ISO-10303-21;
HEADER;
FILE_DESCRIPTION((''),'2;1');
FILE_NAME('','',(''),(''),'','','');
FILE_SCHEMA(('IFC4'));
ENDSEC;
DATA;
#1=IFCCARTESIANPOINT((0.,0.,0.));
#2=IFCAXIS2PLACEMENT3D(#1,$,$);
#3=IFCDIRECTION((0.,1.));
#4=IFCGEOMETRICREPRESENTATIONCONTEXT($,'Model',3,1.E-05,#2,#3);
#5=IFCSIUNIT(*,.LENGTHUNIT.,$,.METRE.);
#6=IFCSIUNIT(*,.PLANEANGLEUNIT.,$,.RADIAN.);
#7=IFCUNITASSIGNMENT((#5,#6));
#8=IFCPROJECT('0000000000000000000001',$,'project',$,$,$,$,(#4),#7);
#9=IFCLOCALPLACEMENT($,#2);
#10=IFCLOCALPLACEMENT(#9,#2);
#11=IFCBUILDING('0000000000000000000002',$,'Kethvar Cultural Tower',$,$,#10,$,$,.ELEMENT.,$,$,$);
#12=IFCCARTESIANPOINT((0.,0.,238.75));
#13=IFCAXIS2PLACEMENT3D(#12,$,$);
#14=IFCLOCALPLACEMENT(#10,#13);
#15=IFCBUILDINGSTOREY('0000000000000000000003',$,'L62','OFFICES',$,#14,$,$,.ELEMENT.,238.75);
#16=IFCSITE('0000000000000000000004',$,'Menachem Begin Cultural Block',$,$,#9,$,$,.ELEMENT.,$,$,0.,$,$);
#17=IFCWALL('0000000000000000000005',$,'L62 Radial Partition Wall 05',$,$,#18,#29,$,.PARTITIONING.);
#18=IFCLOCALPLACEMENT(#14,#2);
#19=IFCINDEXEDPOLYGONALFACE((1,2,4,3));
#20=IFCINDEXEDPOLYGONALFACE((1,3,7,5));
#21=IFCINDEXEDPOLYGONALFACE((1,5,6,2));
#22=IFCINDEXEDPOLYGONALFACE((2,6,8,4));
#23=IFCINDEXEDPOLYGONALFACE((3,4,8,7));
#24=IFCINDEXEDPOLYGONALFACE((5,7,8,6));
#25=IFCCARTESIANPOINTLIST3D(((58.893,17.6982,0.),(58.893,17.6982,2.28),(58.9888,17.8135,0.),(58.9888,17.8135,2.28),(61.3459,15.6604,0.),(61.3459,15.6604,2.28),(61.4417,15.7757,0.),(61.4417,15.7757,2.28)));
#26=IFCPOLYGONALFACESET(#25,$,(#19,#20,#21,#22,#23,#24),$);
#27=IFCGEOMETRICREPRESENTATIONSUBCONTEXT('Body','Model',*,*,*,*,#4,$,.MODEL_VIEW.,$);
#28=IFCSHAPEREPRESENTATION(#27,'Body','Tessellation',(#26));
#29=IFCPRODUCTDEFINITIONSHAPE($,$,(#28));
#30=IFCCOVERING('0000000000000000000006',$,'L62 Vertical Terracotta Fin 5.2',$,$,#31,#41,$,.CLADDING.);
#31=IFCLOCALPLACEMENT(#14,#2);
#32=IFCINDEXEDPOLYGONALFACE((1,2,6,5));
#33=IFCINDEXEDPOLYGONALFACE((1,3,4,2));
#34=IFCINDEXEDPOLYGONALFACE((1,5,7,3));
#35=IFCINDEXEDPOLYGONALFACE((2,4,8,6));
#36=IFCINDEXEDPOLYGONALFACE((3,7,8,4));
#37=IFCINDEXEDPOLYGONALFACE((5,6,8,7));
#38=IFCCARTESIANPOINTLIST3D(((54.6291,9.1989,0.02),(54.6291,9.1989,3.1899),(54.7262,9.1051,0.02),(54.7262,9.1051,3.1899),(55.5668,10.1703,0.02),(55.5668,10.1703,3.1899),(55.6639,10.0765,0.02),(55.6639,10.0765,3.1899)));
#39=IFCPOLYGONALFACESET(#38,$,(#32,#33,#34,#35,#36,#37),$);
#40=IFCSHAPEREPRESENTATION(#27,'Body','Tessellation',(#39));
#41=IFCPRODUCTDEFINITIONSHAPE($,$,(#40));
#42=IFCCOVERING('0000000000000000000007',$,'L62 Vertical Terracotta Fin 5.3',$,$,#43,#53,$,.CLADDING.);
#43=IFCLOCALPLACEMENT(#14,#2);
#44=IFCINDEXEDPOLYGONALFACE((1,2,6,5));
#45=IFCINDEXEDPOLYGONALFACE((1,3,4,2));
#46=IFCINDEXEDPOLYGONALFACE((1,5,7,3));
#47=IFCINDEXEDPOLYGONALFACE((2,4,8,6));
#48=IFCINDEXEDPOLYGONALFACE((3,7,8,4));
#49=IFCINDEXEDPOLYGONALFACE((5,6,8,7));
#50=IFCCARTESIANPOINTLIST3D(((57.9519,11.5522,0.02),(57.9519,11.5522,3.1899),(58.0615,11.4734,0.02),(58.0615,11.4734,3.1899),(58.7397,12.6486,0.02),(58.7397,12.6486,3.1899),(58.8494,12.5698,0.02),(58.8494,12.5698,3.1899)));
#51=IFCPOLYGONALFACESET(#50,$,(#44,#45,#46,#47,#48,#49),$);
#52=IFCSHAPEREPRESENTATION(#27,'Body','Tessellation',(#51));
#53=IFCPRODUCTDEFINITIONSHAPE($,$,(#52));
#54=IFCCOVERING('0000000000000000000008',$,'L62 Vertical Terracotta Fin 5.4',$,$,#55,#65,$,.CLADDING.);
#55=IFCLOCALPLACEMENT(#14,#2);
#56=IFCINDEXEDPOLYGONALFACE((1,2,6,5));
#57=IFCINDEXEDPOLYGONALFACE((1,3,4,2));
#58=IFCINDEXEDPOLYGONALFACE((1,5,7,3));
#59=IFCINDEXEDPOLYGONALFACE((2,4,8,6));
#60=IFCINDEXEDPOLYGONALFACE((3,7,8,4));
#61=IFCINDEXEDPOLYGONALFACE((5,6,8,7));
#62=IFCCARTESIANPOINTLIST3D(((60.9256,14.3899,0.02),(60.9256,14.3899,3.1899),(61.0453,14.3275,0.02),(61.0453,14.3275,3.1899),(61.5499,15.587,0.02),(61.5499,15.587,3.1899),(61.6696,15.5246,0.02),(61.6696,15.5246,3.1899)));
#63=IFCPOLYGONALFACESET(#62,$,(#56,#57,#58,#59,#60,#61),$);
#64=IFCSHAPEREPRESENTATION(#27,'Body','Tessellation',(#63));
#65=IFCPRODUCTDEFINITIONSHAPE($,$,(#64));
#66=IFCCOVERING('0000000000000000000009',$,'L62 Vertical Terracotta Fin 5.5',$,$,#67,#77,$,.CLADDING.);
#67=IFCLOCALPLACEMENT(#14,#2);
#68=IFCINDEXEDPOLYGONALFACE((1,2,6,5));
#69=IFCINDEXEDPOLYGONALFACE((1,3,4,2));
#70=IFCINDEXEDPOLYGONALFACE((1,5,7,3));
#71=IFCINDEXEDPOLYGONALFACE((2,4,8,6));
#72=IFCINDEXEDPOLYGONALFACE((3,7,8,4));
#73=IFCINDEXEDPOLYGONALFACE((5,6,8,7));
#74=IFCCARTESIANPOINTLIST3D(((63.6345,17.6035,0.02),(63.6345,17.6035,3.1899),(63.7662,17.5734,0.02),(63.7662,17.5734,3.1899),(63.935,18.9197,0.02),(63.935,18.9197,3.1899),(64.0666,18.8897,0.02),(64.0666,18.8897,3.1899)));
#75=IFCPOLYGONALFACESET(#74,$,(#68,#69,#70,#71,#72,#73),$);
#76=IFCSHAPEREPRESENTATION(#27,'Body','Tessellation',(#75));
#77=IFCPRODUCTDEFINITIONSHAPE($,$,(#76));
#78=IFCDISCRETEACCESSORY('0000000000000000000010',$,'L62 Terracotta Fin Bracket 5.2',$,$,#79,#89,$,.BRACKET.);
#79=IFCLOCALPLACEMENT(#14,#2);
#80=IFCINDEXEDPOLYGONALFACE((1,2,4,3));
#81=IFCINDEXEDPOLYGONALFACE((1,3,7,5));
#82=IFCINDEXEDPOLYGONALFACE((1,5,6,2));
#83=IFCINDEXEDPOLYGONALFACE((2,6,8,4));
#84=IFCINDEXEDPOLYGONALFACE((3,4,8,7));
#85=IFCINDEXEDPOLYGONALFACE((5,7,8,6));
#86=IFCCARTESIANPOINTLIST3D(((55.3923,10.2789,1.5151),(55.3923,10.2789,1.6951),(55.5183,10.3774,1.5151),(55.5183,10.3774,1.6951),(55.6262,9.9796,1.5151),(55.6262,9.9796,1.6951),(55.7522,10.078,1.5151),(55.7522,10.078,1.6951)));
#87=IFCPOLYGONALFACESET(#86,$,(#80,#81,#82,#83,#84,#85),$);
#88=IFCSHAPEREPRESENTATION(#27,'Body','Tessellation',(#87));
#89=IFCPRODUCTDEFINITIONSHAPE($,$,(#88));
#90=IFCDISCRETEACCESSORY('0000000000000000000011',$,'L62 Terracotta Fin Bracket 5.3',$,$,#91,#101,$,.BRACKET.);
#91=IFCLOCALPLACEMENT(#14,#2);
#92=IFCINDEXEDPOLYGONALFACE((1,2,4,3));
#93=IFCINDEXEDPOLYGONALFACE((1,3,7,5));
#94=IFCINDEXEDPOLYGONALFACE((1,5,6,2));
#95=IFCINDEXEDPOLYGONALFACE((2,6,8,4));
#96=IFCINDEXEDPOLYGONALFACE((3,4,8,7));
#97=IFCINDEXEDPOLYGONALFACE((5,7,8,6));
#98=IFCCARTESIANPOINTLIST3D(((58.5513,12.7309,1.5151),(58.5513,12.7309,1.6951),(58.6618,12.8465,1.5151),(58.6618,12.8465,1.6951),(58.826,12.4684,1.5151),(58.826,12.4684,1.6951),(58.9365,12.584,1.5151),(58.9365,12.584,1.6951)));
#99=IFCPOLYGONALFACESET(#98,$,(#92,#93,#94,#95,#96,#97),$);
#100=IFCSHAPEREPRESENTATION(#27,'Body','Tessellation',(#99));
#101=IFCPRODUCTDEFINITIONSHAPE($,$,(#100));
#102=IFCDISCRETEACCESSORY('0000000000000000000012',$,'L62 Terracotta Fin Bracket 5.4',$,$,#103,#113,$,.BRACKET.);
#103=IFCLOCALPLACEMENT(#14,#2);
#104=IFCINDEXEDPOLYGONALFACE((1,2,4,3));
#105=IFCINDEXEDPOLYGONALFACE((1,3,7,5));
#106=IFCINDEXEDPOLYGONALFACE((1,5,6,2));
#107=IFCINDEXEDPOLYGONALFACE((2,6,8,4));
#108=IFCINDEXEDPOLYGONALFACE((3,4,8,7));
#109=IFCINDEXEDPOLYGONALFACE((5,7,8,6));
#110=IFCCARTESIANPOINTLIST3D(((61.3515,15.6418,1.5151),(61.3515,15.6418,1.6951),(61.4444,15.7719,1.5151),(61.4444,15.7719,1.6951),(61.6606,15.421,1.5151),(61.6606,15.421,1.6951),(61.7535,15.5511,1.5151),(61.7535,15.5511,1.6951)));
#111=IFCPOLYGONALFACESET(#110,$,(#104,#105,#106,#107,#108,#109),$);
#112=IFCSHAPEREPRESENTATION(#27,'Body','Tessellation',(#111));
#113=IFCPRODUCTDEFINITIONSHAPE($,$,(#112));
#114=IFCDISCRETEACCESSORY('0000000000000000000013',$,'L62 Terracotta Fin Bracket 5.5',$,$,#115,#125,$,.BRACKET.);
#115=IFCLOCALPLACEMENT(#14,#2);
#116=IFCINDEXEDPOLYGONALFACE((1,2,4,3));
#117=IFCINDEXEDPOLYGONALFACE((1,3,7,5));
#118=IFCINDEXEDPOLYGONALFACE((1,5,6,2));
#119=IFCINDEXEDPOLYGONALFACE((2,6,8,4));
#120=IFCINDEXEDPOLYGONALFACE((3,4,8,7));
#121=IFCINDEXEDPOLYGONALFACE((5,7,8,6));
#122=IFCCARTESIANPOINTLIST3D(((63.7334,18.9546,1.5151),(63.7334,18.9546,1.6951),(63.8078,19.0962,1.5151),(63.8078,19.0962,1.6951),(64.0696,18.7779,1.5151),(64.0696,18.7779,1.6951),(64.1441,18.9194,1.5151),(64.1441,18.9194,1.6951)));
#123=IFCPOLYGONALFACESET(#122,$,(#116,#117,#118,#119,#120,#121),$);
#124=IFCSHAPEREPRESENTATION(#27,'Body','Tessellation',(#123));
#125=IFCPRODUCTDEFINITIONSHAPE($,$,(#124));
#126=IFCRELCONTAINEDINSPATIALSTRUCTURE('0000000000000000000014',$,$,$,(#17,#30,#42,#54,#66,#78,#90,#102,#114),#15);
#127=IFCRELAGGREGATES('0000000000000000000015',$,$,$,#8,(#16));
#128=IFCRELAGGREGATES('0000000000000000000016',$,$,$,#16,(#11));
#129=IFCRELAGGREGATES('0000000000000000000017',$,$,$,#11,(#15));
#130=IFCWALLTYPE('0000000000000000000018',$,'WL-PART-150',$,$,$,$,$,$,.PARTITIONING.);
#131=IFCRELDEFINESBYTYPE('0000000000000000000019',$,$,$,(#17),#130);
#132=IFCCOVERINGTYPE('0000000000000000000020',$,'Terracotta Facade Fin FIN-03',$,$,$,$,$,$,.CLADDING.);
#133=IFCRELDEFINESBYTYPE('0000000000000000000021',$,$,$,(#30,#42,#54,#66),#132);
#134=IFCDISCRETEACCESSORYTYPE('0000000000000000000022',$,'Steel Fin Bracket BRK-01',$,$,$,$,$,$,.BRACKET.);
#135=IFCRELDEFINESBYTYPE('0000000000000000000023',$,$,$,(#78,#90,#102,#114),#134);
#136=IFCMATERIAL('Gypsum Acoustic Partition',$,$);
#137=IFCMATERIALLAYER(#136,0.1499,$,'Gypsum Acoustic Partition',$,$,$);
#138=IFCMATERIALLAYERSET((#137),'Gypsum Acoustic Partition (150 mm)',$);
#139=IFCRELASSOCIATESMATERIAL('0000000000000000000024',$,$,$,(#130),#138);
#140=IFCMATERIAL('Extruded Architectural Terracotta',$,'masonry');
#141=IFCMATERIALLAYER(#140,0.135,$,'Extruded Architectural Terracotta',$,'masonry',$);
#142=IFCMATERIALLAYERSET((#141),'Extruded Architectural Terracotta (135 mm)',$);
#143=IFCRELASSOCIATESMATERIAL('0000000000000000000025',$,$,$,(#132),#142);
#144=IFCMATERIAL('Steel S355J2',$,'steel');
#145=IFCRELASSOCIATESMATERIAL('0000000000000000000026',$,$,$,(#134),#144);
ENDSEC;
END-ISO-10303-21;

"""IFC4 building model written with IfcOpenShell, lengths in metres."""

from ifc_helpers import new_model, si_unit, direction, frame, frame_2d, origin, origin_2d, place, context, subcontext, project, spatial, rectangle, extrude, source, transform, mapped, material, layer, layer_set, type_object, element, save


model = new_model("IFC4")

# Units and contexts
model_context = context("Model", 3, precision=1e-05, world=origin(), true_north=direction((0.0, 1.0)))
body_context = subcontext(model_context, "Body", "Model", "MODEL_VIEW")
ifc_project = project(units=[si_unit("LENGTHUNIT", "METRE"), si_unit("PLANEANGLEUNIT", "RADIAN")], contexts=[model_context])

# Site, building, storey
site_placement = place(None, origin())
site = spatial("IfcSite", under=ifc_project, at=site_placement, Name="Menachem Begin Cultural Block", CompositionType="ELEMENT", RefElevation=0.0)
building_placement = place(site_placement, origin())
building = spatial("IfcBuilding", under=site, at=building_placement, Name="Kethvar Cultural Tower", CompositionType="ELEMENT")
storey_placement = place(building_placement, frame((0.0, 0.0, 238.75)))
storey = spatial("IfcBuildingStorey", under=building, at=storey_placement, Name="L62", Description="OFFICES", CompositionType="ELEMENT", Elevation=238.75)

# Shared definitions
ifc_material_1 = material(Name="Steel S355J2", Category="steel")

# Wall
ifc_material_2 = material(Name="Gypsum Acoustic Partition")
ifc_layer_1 = layer(ifc_material_2, 0.1499, Name="Gypsum Acoustic Partition")
ifc_layer_set_1 = layer_set([ifc_layer_1], Name="Gypsum Acoustic Partition (150 mm)")
wall_type_1 = type_object("IfcWallType", Name="WL-PART-150", PredefinedType="PARTITIONING", material=ifc_layer_set_1)
wall_1_placement = place(storey_placement, frame((58.9409, 17.7559, 0.0), z_axis=(0.0, 0.0, 1.0), x_axis=(0.769181, -0.639032, 0.0)))
element("IfcWall", 1, at=wall_1_placement, inside=storey, type_object=wall_type_1, Name="L62 Radial Partition Wall 05", PredefinedType="PARTITIONING", context=body_context, shape_type="SweptSolid", body=[
    extrude(rectangle(XDim=3.189, YDim=0.1499, at=frame_2d((1.5945, 0.0))), origin(), (0.0, 0.0, 1.0), 2.28),
])

# Coverings
ifc_material_3 = material(Name="Extruded Architectural Terracotta", Category="masonry")
ifc_layer_2 = layer(ifc_material_3, 0.135, Name="Extruded Architectural Terracotta", Category="masonry")
ifc_layer_set_2 = layer_set([ifc_layer_2], Name="Extruded Architectural Terracotta (135 mm)")
covering_type = type_object("IfcCoveringType", Name="Terracotta Facade Fin FIN-03", PredefinedType="CLADDING", material=ifc_layer_set_2)
shared_shape_1 = source(origin(), body_context, "Body", "SweptSolid", [
    extrude(rectangle(XDim=1.3501, YDim=0.135, at=origin_2d()), origin(), (0.0, 0.0, 1.0), 3.1699),
])
for number, where, z_axis, x_axis, name in (
    (2, (55.1465, 9.6377, 0.02), (0.0, 0.0, 1.0), (-0.694533, -0.719461, 0.0), "L62 Vertical Terracotta Fin 5.2"),
    (3, (58.4006, 12.061, 0.02), (0.0, 0.0, 1.0), (-0.583541, -0.812084, 0.0), "L62 Vertical Terracotta Fin 5.3"),
    (4, (61.2976, 14.9573, 0.02), (0.0, 0.0, 1.0), (-0.462368, -0.886688, 0.0), "L62 Vertical Terracotta Fin 5.4"),
    (5, (63.8506, 18.2466, 0.02), (0.0, 0.0, 1.0), (-0.22257, -0.974917, 0.0), "L62 Vertical Terracotta Fin 5.5"),
):
    element("IfcCovering", number, at=place(storey_placement, frame(where, z_axis=z_axis, x_axis=x_axis)), inside=storey, type_object=covering_type, Name=name, PredefinedType="CLADDING", context=body_context, shape_type="MappedRepresentation", body=[
        mapped(shared_shape_1, transform((0.0, 0.0, 0.0), scale=1.0)),
    ])

# Discrete accessories
discrete_accessory_type = type_object("IfcDiscreteAccessoryType", Name="Steel Fin Bracket BRK-01", PredefinedType="BRACKET", material=ifc_material_1)
shared_shape_2 = source(origin(), body_context, "Body", "SweptSolid", [
    extrude(rectangle(XDim=0.3799, YDim=0.1599, at=origin_2d()), origin(), (0.0, 0.0, 1.0), 0.1799),
])
for number, where, z_axis, x_axis, name in (
    (6, (55.5723, 10.1785, 1.5151), (0.0, 0.0, 1.0), (0.615799, -0.787903, 0.0), "L62 Terracotta Fin Bracket 5.2"),
    (7, (58.7439, 12.6575, 1.5151), (0.0, 0.0, 1.0), (0.722967, -0.690882, 0.0), "L62 Terracotta Fin Bracket 5.3"),
    (8, (61.5525, 15.5964, 1.5151), (0.0, 0.0, 1.0), (0.81371, -0.581271, 0.0), "L62 Terracotta Fin Bracket 5.4"),
    (9, (63.9387, 18.937, 1.5151), (0.0, 0.0, 1.0), (0.88515, -0.465306, 0.0), "L62 Terracotta Fin Bracket 5.5"),
):
    element("IfcDiscreteAccessory", number, at=place(storey_placement, frame(where, z_axis=z_axis, x_axis=x_axis)), inside=storey, type_object=discrete_accessory_type, Name=name, PredefinedType="BRACKET", context=body_context, shape_type="MappedRepresentation", body=[
        mapped(shared_shape_2, transform((0.0, 0.0, 0.0), scale=1.0)),
    ])

save(model, "model.ifc")
